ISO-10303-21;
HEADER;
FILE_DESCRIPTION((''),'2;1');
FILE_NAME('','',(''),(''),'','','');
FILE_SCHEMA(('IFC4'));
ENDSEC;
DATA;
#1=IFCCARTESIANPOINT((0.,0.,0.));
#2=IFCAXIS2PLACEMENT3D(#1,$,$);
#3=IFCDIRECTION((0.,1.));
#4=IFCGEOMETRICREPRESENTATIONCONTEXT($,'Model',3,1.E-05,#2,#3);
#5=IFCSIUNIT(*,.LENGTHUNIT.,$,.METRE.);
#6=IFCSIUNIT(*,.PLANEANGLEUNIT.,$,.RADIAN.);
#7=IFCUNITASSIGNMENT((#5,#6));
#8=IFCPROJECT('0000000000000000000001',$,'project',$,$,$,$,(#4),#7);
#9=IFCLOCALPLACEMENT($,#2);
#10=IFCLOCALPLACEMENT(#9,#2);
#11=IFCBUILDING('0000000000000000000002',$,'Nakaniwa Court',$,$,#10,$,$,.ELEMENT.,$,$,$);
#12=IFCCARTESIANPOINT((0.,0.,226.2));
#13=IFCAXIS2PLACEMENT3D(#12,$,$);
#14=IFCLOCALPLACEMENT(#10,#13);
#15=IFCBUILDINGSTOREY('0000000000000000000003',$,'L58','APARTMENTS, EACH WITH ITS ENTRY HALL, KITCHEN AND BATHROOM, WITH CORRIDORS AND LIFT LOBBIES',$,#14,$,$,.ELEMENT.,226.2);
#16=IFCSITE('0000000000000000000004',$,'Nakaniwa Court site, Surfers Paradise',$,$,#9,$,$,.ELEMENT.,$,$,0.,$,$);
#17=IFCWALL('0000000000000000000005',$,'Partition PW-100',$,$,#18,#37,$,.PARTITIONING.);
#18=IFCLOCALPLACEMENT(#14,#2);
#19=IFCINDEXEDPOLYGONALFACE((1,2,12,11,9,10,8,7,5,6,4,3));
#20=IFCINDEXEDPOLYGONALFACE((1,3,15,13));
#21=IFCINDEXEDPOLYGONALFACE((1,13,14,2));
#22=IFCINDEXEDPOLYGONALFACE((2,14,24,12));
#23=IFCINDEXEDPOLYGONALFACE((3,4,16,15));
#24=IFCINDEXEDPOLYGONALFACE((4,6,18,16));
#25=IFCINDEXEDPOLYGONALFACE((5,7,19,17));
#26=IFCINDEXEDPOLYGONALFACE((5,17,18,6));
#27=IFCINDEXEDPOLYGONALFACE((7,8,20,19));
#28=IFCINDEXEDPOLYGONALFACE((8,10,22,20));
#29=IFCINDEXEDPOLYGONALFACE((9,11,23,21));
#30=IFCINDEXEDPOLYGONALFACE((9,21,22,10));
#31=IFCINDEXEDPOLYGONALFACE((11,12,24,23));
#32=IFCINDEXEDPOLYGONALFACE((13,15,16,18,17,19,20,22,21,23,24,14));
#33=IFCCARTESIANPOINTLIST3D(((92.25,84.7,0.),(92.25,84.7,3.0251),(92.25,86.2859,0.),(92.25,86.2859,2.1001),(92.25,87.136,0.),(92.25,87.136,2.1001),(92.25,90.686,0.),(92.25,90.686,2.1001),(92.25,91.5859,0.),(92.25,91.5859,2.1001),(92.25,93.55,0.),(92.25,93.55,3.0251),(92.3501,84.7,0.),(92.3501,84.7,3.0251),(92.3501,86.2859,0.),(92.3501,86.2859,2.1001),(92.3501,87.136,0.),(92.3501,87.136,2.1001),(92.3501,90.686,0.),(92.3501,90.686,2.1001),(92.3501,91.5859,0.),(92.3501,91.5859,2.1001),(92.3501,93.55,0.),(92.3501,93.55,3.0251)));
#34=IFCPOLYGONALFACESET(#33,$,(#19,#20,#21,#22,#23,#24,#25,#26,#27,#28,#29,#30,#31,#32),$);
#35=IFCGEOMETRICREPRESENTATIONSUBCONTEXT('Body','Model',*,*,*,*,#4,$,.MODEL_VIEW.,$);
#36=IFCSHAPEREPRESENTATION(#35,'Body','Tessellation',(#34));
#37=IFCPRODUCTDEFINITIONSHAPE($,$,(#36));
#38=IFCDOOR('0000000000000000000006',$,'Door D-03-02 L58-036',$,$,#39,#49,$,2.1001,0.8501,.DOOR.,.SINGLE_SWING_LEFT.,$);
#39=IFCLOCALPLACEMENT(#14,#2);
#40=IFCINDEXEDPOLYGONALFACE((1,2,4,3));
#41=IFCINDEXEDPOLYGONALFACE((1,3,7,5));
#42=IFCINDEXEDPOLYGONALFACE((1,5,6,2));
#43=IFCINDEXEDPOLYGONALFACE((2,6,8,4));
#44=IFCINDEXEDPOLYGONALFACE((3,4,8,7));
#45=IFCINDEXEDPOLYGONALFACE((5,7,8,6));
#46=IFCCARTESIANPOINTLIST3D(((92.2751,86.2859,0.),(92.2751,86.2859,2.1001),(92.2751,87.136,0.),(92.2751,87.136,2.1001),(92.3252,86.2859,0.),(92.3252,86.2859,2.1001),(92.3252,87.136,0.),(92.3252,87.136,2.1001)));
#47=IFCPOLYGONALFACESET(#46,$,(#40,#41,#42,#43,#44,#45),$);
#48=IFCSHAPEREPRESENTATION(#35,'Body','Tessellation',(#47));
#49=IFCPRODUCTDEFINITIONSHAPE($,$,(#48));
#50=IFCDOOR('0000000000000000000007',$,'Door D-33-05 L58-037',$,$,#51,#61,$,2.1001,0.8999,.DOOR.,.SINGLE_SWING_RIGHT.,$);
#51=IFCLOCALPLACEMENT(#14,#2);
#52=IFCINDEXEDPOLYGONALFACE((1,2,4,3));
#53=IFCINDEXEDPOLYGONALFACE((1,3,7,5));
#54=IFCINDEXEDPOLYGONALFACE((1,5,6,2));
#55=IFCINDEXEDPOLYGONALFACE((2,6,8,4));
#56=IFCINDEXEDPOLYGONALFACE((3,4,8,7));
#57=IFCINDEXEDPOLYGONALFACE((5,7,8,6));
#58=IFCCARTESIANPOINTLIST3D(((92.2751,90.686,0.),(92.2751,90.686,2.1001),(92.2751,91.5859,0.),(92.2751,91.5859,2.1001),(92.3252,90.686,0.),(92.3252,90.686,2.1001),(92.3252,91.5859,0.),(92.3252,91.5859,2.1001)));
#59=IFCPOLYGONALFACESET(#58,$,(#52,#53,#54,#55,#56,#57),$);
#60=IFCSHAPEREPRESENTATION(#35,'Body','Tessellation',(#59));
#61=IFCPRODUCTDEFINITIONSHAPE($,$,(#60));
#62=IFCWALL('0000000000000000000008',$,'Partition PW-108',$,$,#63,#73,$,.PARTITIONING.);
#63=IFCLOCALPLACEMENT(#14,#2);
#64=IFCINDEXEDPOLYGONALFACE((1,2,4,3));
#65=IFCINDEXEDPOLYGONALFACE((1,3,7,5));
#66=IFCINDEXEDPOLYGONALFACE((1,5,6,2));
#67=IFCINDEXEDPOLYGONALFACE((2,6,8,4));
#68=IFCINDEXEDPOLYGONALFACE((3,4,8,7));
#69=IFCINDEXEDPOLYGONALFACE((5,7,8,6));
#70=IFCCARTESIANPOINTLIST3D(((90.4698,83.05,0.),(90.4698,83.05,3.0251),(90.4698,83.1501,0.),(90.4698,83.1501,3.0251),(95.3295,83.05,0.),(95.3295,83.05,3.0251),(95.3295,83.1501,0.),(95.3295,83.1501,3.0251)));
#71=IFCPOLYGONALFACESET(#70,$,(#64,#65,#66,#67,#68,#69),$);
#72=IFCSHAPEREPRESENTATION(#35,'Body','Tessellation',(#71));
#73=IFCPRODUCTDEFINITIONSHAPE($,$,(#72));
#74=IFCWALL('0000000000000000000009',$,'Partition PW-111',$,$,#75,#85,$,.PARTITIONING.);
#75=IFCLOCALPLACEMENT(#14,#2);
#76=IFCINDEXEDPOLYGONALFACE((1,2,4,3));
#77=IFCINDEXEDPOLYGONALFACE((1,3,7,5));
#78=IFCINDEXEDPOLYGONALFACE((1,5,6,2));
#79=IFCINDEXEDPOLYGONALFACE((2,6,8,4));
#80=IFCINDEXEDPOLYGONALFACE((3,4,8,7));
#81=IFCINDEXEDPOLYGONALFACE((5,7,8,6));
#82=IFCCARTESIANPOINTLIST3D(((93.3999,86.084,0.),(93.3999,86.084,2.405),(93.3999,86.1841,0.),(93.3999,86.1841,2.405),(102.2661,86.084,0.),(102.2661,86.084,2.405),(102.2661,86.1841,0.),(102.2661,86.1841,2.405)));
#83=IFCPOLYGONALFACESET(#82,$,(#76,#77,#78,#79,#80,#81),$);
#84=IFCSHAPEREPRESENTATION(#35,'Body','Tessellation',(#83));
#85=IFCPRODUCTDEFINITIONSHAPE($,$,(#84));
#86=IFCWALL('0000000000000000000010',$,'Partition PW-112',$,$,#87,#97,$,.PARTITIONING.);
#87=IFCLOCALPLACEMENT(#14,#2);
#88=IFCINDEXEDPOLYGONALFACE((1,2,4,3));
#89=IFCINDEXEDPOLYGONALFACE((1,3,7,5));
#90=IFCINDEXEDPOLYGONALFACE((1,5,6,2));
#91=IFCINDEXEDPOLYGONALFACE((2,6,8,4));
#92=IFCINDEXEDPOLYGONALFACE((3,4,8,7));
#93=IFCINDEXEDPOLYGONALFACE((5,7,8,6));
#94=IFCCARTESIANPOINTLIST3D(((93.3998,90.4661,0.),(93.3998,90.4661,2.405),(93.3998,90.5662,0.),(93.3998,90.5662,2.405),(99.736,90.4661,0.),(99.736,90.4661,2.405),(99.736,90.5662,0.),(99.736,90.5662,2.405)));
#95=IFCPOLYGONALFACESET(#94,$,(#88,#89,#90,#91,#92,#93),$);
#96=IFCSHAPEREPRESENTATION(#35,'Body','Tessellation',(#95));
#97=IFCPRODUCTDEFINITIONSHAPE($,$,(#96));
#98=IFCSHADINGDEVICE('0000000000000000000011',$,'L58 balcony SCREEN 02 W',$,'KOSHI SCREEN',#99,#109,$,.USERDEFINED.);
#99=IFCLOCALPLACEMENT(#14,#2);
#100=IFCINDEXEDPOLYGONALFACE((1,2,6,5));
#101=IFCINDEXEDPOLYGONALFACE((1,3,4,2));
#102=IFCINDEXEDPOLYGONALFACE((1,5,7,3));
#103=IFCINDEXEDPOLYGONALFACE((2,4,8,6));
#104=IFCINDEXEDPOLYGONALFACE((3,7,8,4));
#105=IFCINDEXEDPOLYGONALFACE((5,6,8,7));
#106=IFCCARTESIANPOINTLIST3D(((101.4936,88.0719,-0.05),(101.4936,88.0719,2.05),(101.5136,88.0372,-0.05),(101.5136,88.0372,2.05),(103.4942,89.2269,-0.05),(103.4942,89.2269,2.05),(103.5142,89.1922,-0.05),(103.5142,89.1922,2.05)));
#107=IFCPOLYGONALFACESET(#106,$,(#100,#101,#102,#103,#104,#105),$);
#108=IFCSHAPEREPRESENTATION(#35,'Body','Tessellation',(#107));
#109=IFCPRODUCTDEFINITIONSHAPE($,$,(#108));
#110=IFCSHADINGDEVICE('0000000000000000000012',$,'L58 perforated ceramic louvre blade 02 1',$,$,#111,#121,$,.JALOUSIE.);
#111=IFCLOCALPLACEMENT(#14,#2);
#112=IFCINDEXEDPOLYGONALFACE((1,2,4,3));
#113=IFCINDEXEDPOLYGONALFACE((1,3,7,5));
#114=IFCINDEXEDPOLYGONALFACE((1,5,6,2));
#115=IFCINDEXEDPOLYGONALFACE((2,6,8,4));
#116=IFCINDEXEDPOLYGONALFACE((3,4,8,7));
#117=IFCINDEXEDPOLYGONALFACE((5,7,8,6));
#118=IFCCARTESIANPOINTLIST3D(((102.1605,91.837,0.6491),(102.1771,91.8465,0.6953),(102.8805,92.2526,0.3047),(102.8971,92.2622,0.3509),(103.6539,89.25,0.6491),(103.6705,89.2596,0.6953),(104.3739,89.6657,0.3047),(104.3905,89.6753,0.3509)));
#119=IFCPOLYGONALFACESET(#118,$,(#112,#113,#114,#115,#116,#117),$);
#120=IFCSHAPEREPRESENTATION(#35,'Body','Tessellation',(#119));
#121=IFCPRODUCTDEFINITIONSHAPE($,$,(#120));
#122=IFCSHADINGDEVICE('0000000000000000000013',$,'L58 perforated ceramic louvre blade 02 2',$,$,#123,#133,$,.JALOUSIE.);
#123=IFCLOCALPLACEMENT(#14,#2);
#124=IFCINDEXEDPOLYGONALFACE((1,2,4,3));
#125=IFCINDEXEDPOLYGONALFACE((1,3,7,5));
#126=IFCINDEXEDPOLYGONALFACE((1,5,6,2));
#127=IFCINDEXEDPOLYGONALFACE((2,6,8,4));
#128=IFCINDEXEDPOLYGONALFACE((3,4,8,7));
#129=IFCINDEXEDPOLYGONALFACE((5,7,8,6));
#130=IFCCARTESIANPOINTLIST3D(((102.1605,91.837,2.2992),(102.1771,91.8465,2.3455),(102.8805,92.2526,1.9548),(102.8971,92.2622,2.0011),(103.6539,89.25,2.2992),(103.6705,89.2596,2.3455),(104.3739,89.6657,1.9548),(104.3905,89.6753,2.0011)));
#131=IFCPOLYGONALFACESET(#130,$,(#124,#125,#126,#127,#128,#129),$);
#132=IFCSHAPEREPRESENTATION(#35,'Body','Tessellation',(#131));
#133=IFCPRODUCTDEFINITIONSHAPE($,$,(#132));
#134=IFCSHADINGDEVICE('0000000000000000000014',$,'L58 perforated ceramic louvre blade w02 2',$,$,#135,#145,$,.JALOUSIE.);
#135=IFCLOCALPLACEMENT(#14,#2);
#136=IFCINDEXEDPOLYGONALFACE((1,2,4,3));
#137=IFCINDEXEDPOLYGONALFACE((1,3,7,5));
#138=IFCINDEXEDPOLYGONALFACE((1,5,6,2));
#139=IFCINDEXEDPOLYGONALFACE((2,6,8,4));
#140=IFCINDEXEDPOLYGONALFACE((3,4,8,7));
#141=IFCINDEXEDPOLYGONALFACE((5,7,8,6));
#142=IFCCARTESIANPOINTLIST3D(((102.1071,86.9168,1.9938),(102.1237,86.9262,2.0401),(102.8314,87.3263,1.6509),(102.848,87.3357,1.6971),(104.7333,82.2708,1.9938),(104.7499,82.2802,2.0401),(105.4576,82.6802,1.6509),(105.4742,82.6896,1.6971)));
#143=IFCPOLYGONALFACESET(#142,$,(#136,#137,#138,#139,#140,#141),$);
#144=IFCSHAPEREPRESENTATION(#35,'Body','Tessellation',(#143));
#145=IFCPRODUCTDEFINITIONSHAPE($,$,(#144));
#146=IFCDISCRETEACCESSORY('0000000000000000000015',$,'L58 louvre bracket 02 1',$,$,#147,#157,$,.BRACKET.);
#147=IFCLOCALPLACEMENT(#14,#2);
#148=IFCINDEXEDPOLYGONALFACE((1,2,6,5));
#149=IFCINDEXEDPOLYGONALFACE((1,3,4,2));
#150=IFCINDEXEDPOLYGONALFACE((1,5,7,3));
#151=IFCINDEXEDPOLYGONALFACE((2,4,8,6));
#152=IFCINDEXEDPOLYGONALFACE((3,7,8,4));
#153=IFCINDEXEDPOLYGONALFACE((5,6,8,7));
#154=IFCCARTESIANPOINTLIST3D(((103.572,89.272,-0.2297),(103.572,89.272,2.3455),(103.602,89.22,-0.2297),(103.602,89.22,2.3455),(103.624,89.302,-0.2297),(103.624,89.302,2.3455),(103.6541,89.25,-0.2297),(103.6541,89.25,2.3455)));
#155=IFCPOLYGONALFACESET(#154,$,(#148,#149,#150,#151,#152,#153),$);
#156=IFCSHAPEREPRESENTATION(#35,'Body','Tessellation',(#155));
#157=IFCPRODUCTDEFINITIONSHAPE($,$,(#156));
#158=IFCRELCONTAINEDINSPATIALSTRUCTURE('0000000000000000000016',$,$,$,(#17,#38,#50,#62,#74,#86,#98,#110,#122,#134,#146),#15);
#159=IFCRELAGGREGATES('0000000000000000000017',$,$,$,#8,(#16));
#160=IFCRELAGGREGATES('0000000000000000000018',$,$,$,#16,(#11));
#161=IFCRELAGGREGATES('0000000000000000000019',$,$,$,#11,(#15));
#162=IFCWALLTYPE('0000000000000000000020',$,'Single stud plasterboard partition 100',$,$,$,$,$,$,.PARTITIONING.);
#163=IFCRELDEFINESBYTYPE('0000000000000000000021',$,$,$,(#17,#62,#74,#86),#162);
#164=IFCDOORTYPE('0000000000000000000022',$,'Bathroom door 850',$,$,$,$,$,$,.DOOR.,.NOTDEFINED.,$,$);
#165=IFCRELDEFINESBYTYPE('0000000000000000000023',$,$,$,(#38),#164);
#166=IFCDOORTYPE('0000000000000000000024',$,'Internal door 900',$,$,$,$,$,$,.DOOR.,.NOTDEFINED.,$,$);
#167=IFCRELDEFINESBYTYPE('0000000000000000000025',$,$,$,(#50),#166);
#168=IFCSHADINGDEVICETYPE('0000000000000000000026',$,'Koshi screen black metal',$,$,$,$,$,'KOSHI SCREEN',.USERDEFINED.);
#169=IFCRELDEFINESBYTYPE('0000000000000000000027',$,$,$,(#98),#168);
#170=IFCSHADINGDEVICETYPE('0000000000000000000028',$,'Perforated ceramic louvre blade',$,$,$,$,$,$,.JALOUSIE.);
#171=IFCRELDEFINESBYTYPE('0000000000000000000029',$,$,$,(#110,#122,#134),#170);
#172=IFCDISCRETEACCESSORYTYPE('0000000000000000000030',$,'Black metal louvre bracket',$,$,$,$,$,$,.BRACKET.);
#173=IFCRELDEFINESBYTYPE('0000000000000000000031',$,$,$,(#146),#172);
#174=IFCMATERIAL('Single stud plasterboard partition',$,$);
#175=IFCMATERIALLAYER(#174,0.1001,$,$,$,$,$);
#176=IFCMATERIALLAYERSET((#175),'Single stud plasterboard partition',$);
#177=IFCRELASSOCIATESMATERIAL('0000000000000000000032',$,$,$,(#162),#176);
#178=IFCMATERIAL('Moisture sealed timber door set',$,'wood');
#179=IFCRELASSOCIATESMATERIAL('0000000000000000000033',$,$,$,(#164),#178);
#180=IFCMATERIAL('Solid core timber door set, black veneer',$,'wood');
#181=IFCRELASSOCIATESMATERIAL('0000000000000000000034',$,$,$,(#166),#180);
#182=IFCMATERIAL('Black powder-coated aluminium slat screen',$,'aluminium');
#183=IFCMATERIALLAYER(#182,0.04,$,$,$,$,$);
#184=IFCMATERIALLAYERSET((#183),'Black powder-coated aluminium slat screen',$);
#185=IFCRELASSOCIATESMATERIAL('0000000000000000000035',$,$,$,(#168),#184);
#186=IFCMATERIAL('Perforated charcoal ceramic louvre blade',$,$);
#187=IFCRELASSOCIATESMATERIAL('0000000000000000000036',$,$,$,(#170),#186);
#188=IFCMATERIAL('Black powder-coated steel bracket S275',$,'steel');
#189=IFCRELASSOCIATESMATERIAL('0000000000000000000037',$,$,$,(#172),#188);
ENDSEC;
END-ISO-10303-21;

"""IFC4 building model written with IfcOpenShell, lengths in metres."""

from ifc_helpers import new_model, si_unit, direction, frame, frame_2d, origin, origin_2d, place, context, subcontext, project, spatial, rectangle, extrude, material, layer, layer_set, material_profile, profile_set, type_object, element, fill, save


model = new_model("IFC4")

# Units and contexts
model_context = context("Model", 3, precision=1e-05, world=origin(), true_north=direction((0.0, 1.0)))
body_context = subcontext(model_context, "Body", "Model", "MODEL_VIEW")
ifc_project = project(units=[si_unit("LENGTHUNIT", "METRE"), si_unit("PLANEANGLEUNIT", "RADIAN")], contexts=[model_context])

# Site, building, storey
site_placement = place(None, origin())
site = spatial("IfcSite", under=ifc_project, at=site_placement, Name="Nakaniwa Court site, Surfers Paradise", CompositionType="ELEMENT", RefElevation=0.0)
building_placement = place(site_placement, origin())
building = spatial("IfcBuilding", under=site, at=building_placement, Name="Nakaniwa Court", CompositionType="ELEMENT")
storey_placement = place(building_placement, frame((0.0, 0.0, 226.2)))
storey = spatial("IfcBuildingStorey", under=building, at=storey_placement, Name="L58", Description="APARTMENTS, EACH WITH ITS ENTRY HALL, KITCHEN AND BATHROOM, WITH CORRIDORS AND LIFT LOBBIES", CompositionType="ELEMENT", Elevation=226.2)

# Wall, openings, doors
ifc_material_1 = material(Name="Single stud plasterboard partition")
ifc_layer_1 = layer(ifc_material_1, 0.1001)
ifc_layer_set_1 = layer_set([ifc_layer_1], Name="Single stud plasterboard partition")
wall_type_1 = type_object("IfcWallType", Name="Single stud plasterboard partition 100", PredefinedType="PARTITIONING", material=ifc_layer_set_1)
wall_1_placement = place(storey_placement, frame((92.3, 84.7, 0.0), z_axis=(0.0, 0.0, 1.0), x_axis=(0.0, 1.0, 0.0)))
wall_1 = element("IfcWall", 1, at=wall_1_placement, inside=storey, type_object=wall_type_1, Name="Partition PW-100", PredefinedType="PARTITIONING", context=body_context, shape_type="SweptSolid", body=[
    extrude(rectangle(XDim=8.8501, YDim=0.1001, at=frame_2d((4.425, 0.0))), origin(), (0.0, 0.0, 1.0), 3.0251),
])
opening_1_placement = place(wall_1_placement, frame((1.5859, 0.0, 0.0)))
opening_1 = element("IfcOpeningElement", 2, at=opening_1_placement, cuts=wall_1, PredefinedType="OPENING", context=body_context, shape_type="SweptSolid", body=[
    extrude(rectangle(XDim=0.8501, YDim=2.1001, at=frame_2d((0.425, 1.05))), frame((0.0, 0.0601, 0.0), z_axis=(0.0, -1.0, 0.0), x_axis=(1.0, 0.0, 0.0)), (0.0, 0.0, 1.0), 0.1201),
])
opening_2_placement = place(wall_1_placement, frame((5.9861, 0.0, 0.0)))
opening_2 = element("IfcOpeningElement", 3, at=opening_2_placement, cuts=wall_1, PredefinedType="OPENING", context=body_context, shape_type="SweptSolid", body=[
    extrude(rectangle(XDim=0.8999, YDim=2.1001, at=frame_2d((0.45, 1.05))), frame((0.0, 0.0601, 0.0), z_axis=(0.0, -1.0, 0.0), x_axis=(1.0, 0.0, 0.0)), (0.0, 0.0, 1.0), 0.1201),
])
ifc_material_2 = material(Name="Moisture sealed timber door set", Category="wood")
door_type_1 = type_object("IfcDoorType", Name="Bathroom door 850", OperationType="NOTDEFINED", PredefinedType="DOOR", material=ifc_material_2)
door_1_placement = place(opening_1_placement, origin())
door_1 = element("IfcDoor", 4, at=door_1_placement, inside=storey, type_object=door_type_1, Name="Door D-03-02 L58-036", OperationType="SINGLE_SWING_LEFT", OverallHeight=2.1001, OverallWidth=0.8501, PredefinedType="DOOR", context=body_context, shape_type="SweptSolid", body=[
    extrude(rectangle(XDim=0.8501, YDim=2.1001, at=frame_2d((0.425, 1.05))), frame((0.0, 0.0249, 0.0), z_axis=(0.0, -1.0, 0.0), x_axis=(1.0, 0.0, 0.0)), (0.0, 0.0, 1.0), 0.05),
])
fill(opening_1, door_1)
ifc_material_3 = material(Name="Solid core timber door set, black veneer", Category="wood")
door_type_2 = type_object("IfcDoorType", Name="Internal door 900", OperationType="NOTDEFINED", PredefinedType="DOOR", material=ifc_material_3)
door_2_placement = place(opening_2_placement, origin())
door_2 = element("IfcDoor", 5, at=door_2_placement, inside=storey, type_object=door_type_2, Name="Door D-33-05 L58-037", OperationType="SINGLE_SWING_RIGHT", OverallHeight=2.1001, OverallWidth=0.8999, PredefinedType="DOOR", context=body_context, shape_type="SweptSolid", body=[
    extrude(rectangle(XDim=0.8999, YDim=2.1001, at=frame_2d((0.45, 1.05))), frame((0.0, 0.0249, 0.0), z_axis=(0.0, -1.0, 0.0), x_axis=(1.0, 0.0, 0.0)), (0.0, 0.0, 1.0), 0.05),
])
fill(opening_2, door_2)

# Walls
wall_2_placement = place(storey_placement, frame((90.47, 83.1001, 0.0), z_axis=(0.0, 0.0, 1.0), x_axis=(1.0, 0.0, 0.0)))
element("IfcWall", 6, at=wall_2_placement, inside=storey, type_object=wall_type_1, Name="Partition PW-108", PredefinedType="PARTITIONING", context=body_context, shape_type="SweptSolid", body=[
    extrude(rectangle(XDim=4.8596, YDim=0.1001, at=frame_2d((2.4297, 0.0))), origin(), (0.0, 0.0, 1.0), 3.0251),
])
wall_3_placement = place(storey_placement, frame((93.3999, 86.134, 0.0), z_axis=(0.0, 0.0, 1.0), x_axis=(1.0, 0.0, 0.0)))
element("IfcWall", 7, at=wall_3_placement, inside=storey, type_object=wall_type_1, Name="Partition PW-111", PredefinedType="PARTITIONING", context=body_context, shape_type="SweptSolid", body=[
    extrude(rectangle(XDim=8.8662, YDim=0.1001, at=frame_2d((4.4331, 0.0))), origin(), (0.0, 0.0, 1.0), 2.405),
])
wall_4_placement = place(storey_placement, frame((93.3999, 90.5161, 0.0), z_axis=(0.0, 0.0, 1.0), x_axis=(1.0, 0.0, 0.0)))
element("IfcWall", 8, at=wall_4_placement, inside=storey, type_object=wall_type_1, Name="Partition PW-112", PredefinedType="PARTITIONING", context=body_context, shape_type="SweptSolid", body=[
    extrude(rectangle(XDim=6.3362, YDim=0.1001, at=frame_2d((3.168, 0.0))), origin(), (0.0, 0.0, 1.0), 2.405),
])

# Shading devices
ifc_material_4 = material(Name="Black powder-coated aluminium slat screen", Category="aluminium")
ifc_layer_2 = layer(ifc_material_4, 0.04)
ifc_layer_set_2 = layer_set([ifc_layer_2], Name="Black powder-coated aluminium slat screen")
shading_device_type_1 = type_object("IfcShadingDeviceType", Name="Koshi screen black metal", ElementType="KOSHI SCREEN", PredefinedType="USERDEFINED", material=ifc_layer_set_2)
shading_device_1_placement = place(storey_placement, frame((102.5039, 88.6321, -0.05), z_axis=(0.0, 0.0, 1.0), x_axis=(-0.499986, 0.866033, 0.0)))
element("IfcShadingDevice", 9, at=shading_device_1_placement, inside=storey, type_object=shading_device_type_1, Name="L58 balcony SCREEN 02 W", ObjectType="KOSHI SCREEN", PredefinedType="USERDEFINED", context=body_context, shape_type="SweptSolid", body=[
    extrude(rectangle(XDim=0.04, YDim=2.3101, at=origin_2d()), origin(), (0.0, 0.0, 1.0), 2.1001),
])
ifc_material_5 = material(Name="Perforated charcoal ceramic louvre blade")
ifc_material_profile_1 = material_profile(ifc_material_5, rectangle(XDim=0.8999, YDim=0.05, at=origin_2d()), Name="Perforated ceramic louvre blade")
ifc_profile_set_1 = profile_set([ifc_material_profile_1], Name="Perforated charcoal ceramic louvre blade")
shading_device_type_2 = type_object("IfcShadingDeviceType", Name="Perforated ceramic louvre blade", PredefinedType="JALOUSIE", material=ifc_profile_set_1)
for number, where, z_axis, x_axis, name in (
    (10, (104.0222, 89.4626, 0.5), (-0.499963, 0.866047, 0.0), (-0.800123, -0.461906, 0.382683), "L58 perforated ceramic louvre blade 02 1"),
    (11, (104.0222, 89.4626, 2.1501), (-0.499963, 0.866047, 0.0), (-0.800123, -0.461906, 0.382683), "L58 perforated ceramic louvre blade 02 2"),
):
    element("IfcShadingDevice", number, at=place(storey_placement, frame(where, z_axis=z_axis, x_axis=x_axis)), inside=storey, type_object=shading_device_type_2, Name=name, PredefinedType="JALOUSIE", context=body_context, shape_type="SweptSolid", body=[
        extrude(rectangle(XDim=0.8999, YDim=0.05, at=origin_2d()), origin(), (0.0, 0.0, 1.0), 2.9871),
    ])
shading_device_2_placement = place(storey_placement, frame((105.1038, 82.4802, 1.8455), z_axis=(-0.492089, 0.870545, 0.0), x_axis=(-0.804859, -0.454959, 0.38107)))
element("IfcShadingDevice", 12, at=shading_device_2_placement, inside=storey, type_object=shading_device_type_2, Name="L58 perforated ceramic louvre blade w02 2", PredefinedType="JALOUSIE", context=body_context, shape_type="SweptSolid", body=[
    extrude(rectangle(XDim=0.8999, YDim=0.05, at=origin_2d()), origin(), (0.0, 0.0, 1.0), 5.3369),
])

# Discrete accessory
ifc_material_6 = material(Name="Black powder-coated steel bracket S275", Category="steel")
discrete_accessory_type = type_object("IfcDiscreteAccessoryType", Name="Black metal louvre bracket", PredefinedType="BRACKET", material=ifc_material_6)
discrete_accessory_placement = place(storey_placement, frame((103.613, 89.261, -0.2297), z_axis=(0.0, 0.0, 1.0), x_axis=(-0.499986, 0.866033, 0.0)))
element("IfcDiscreteAccessory", 13, at=discrete_accessory_placement, inside=storey, type_object=discrete_accessory_type, Name="L58 louvre bracket 02 1", PredefinedType="BRACKET", context=body_context, shape_type="SweptSolid", body=[
    extrude(rectangle(XDim=0.0601, YDim=0.0601, at=origin_2d()), origin(), (0.0, 0.0, 1.0), 2.5752),
])

save(model, "model.ifc")
